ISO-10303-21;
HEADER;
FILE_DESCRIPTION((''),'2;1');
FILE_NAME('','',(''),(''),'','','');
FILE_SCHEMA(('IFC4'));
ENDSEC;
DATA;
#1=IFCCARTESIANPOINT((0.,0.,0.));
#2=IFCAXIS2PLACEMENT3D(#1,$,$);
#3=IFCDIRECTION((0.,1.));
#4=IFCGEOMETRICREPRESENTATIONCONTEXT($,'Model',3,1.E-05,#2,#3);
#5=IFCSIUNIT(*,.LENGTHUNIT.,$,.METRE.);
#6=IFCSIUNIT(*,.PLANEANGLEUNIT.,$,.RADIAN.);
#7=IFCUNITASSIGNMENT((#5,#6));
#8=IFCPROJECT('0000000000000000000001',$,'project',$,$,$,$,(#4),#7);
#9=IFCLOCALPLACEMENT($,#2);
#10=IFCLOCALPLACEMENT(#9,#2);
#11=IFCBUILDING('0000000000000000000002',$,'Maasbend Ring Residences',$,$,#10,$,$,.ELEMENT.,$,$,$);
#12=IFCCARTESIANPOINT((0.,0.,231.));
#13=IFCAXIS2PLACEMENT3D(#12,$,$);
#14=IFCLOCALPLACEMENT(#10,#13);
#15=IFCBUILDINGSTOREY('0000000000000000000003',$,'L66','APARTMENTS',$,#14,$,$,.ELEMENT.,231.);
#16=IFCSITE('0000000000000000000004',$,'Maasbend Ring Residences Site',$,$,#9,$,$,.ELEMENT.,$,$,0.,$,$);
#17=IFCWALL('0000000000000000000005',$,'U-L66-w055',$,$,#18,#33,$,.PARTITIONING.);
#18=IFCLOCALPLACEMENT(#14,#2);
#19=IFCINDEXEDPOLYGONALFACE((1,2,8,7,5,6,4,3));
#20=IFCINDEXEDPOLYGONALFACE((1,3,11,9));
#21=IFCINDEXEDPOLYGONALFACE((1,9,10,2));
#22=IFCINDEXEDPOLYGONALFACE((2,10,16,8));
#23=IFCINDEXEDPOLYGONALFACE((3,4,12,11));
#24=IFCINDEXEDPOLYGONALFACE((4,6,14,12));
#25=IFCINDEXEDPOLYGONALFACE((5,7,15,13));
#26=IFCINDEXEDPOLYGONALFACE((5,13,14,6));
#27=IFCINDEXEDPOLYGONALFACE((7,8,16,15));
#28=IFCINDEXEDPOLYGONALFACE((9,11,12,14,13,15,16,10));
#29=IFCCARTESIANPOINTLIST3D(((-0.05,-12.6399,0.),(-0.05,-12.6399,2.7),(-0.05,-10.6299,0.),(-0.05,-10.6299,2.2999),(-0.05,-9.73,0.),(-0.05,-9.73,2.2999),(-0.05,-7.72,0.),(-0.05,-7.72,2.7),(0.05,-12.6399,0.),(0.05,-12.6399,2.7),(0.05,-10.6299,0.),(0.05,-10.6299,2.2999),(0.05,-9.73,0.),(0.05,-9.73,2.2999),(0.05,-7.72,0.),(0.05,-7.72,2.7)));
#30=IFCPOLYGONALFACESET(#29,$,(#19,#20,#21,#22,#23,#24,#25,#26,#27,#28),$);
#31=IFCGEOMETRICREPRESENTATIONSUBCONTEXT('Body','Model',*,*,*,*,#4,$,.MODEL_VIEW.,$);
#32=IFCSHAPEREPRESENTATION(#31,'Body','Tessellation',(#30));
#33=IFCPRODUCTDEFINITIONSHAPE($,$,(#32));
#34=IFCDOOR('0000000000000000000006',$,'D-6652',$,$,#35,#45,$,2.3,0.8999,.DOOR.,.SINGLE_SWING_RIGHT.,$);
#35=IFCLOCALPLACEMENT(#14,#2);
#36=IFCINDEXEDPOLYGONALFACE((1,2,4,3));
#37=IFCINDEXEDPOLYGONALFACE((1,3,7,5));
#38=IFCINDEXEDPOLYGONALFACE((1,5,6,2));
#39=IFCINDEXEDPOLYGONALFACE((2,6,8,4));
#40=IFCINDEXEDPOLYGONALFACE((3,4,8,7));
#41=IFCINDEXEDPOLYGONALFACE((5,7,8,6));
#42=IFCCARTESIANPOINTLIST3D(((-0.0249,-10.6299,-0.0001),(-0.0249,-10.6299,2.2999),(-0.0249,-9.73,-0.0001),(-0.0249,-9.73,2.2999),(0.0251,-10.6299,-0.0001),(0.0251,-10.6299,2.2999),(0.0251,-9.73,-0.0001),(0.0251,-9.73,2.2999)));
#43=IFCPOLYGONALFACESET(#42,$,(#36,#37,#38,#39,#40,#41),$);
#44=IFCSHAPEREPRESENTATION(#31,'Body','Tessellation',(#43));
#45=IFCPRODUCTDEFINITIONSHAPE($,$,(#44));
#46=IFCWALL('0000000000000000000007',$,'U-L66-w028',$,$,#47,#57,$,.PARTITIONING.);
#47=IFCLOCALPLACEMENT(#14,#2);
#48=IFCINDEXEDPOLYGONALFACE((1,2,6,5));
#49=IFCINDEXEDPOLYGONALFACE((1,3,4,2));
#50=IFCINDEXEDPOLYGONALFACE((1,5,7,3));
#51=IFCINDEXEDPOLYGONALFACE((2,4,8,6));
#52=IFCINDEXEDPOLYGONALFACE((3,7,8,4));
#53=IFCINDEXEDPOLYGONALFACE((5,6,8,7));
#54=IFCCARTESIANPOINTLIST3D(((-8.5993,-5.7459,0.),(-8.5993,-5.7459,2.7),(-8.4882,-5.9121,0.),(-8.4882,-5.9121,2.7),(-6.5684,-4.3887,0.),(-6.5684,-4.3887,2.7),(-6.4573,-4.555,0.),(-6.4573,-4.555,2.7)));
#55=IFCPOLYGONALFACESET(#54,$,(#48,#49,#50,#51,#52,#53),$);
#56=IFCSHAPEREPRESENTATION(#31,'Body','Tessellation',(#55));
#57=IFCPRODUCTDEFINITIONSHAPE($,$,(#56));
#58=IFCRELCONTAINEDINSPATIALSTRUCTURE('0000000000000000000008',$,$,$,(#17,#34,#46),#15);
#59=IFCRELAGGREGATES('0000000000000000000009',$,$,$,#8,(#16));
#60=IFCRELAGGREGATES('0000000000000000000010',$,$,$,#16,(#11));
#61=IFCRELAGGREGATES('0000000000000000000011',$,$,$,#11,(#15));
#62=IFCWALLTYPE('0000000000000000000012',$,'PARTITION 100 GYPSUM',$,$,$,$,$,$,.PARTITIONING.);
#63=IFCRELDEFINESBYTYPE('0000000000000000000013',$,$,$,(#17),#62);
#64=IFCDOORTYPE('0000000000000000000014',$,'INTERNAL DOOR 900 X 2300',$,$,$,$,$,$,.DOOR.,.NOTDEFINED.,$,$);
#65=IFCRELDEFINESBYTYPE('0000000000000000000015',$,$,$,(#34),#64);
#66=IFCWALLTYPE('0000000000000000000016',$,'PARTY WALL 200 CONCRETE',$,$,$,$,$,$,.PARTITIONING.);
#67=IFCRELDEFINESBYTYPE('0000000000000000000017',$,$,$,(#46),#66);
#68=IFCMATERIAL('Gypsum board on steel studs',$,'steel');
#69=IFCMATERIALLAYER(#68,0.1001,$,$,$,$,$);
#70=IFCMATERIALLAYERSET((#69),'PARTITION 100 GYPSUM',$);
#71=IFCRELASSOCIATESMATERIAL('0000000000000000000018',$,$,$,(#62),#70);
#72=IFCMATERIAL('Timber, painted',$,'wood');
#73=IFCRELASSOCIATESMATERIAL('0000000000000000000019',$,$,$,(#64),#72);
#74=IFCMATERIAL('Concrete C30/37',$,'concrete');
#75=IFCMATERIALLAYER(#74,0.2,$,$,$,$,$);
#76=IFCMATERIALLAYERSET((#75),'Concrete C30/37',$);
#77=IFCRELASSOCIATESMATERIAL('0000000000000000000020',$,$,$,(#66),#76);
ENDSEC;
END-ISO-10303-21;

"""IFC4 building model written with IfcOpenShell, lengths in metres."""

from ifc_helpers import new_model, si_unit, direction, frame, frame_2d, origin, place, context, subcontext, project, spatial, rectangle, extrude, material, layer, layer_set, type_object, element, fill, save


model = new_model("IFC4")

# Units and contexts
model_context = context("Model", 3, precision=1e-05, world=origin(), true_north=direction((0.0, 1.0)))
body_context = subcontext(model_context, "Body", "Model", "MODEL_VIEW")
ifc_project = project(units=[si_unit("LENGTHUNIT", "METRE"), si_unit("PLANEANGLEUNIT", "RADIAN")], contexts=[model_context])

# Site, building, storey
site_placement = place(None, origin())
site = spatial("IfcSite", under=ifc_project, at=site_placement, Name="Maasbend Ring Residences Site", CompositionType="ELEMENT", RefElevation=0.0)
building_placement = place(site_placement, origin())
building = spatial("IfcBuilding", under=site, at=building_placement, Name="Maasbend Ring Residences", CompositionType="ELEMENT")
storey_placement = place(building_placement, frame((0.0, 0.0, 231.0)))
storey = spatial("IfcBuildingStorey", under=building, at=storey_placement, Name="L66", Description="APARTMENTS", CompositionType="ELEMENT", Elevation=231.0)

# Shared definitions
ifc_material_1 = material(Name="Gypsum board on steel studs", Category="steel")
ifc_layer_1 = layer(ifc_material_1, 0.1001)
ifc_layer_set_1 = layer_set([ifc_layer_1], Name="PARTITION 100 GYPSUM")
wall_type_1 = type_object("IfcWallType", Name="PARTITION 100 GYPSUM", PredefinedType="PARTITIONING", material=ifc_layer_set_1)

# Wall, opening, door
wall_1_placement = place(storey_placement, frame((0.0, -12.6399, 0.0), z_axis=(0.0, 0.0, 1.0), x_axis=(0.0, 1.0, 0.0)))
wall_1 = element("IfcWall", 1, at=wall_1_placement, inside=storey, type_object=wall_type_1, Name="U-L66-w055", PredefinedType="PARTITIONING", context=body_context, shape_type="SweptSolid", body=[
    extrude(rectangle(XDim=4.9199, YDim=0.1001, at=frame_2d((2.46, 0.0))), origin(), (0.0, 0.0, 1.0), 2.7),
])
opening_1_placement = place(wall_1_placement, frame((2.01, 0.0, 0.0)))
opening_1 = element("IfcOpeningElement", 2, at=opening_1_placement, cuts=wall_1, PredefinedType="OPENING", context=body_context, shape_type="SweptSolid", body=[
    extrude(rectangle(XDim=0.8999, YDim=2.3, at=frame_2d((0.45, 1.1499))), frame((0.0, 0.0601, 0.0), z_axis=(0.0, -1.0, 0.0), x_axis=(1.0, 0.0, 0.0)), (0.0, 0.0, 1.0), 0.1201),
])
ifc_material_2 = material(Name="Timber, painted", Category="wood")
door_type_1 = type_object("IfcDoorType", Name="INTERNAL DOOR 900 X 2300", OperationType="NOTDEFINED", PredefinedType="DOOR", material=ifc_material_2)
door_1_placement = place(opening_1_placement, origin())
door_1 = element("IfcDoor", 3, at=door_1_placement, inside=storey, type_object=door_type_1, Name="D-6652", OperationType="SINGLE_SWING_RIGHT", OverallHeight=2.3, OverallWidth=0.8999, PredefinedType="DOOR", context=body_context, shape_type="SweptSolid", body=[
    extrude(rectangle(XDim=0.8999, YDim=2.3, at=frame_2d((0.45, 1.1499))), frame((0.0, 0.0249, 0.0), z_axis=(0.0, -1.0, 0.0), x_axis=(1.0, 0.0, 0.0)), (0.0, 0.0, 1.0), 0.05),
])
fill(opening_1, door_1)

# Wall
ifc_material_3 = material(Name="Concrete C30/37", Category="concrete")
ifc_layer_2 = layer(ifc_material_3, 0.2)
ifc_layer_set_2 = layer_set([ifc_layer_2], Name="Concrete C30/37")
wall_type_2 = type_object("IfcWallType", Name="PARTY WALL 200 CONCRETE", PredefinedType="PARTITIONING", material=ifc_layer_set_2)
wall_2_placement = place(storey_placement, frame((-6.5129, -4.4719, 0.0), z_axis=(0.0, 0.0, 1.0), x_axis=(-0.83145, -0.555599, 0.0)))
element("IfcWall", 4, at=wall_2_placement, inside=storey, type_object=wall_type_2, Name="U-L66-w028", PredefinedType="PARTITIONING", context=body_context, shape_type="SweptSolid", body=[
    extrude(rectangle(XDim=2.4426, YDim=0.2, at=frame_2d((1.2212, 0.0))), origin(), (0.0, 0.0, 1.0), 2.7),
])

save(model, "model.ifc")
